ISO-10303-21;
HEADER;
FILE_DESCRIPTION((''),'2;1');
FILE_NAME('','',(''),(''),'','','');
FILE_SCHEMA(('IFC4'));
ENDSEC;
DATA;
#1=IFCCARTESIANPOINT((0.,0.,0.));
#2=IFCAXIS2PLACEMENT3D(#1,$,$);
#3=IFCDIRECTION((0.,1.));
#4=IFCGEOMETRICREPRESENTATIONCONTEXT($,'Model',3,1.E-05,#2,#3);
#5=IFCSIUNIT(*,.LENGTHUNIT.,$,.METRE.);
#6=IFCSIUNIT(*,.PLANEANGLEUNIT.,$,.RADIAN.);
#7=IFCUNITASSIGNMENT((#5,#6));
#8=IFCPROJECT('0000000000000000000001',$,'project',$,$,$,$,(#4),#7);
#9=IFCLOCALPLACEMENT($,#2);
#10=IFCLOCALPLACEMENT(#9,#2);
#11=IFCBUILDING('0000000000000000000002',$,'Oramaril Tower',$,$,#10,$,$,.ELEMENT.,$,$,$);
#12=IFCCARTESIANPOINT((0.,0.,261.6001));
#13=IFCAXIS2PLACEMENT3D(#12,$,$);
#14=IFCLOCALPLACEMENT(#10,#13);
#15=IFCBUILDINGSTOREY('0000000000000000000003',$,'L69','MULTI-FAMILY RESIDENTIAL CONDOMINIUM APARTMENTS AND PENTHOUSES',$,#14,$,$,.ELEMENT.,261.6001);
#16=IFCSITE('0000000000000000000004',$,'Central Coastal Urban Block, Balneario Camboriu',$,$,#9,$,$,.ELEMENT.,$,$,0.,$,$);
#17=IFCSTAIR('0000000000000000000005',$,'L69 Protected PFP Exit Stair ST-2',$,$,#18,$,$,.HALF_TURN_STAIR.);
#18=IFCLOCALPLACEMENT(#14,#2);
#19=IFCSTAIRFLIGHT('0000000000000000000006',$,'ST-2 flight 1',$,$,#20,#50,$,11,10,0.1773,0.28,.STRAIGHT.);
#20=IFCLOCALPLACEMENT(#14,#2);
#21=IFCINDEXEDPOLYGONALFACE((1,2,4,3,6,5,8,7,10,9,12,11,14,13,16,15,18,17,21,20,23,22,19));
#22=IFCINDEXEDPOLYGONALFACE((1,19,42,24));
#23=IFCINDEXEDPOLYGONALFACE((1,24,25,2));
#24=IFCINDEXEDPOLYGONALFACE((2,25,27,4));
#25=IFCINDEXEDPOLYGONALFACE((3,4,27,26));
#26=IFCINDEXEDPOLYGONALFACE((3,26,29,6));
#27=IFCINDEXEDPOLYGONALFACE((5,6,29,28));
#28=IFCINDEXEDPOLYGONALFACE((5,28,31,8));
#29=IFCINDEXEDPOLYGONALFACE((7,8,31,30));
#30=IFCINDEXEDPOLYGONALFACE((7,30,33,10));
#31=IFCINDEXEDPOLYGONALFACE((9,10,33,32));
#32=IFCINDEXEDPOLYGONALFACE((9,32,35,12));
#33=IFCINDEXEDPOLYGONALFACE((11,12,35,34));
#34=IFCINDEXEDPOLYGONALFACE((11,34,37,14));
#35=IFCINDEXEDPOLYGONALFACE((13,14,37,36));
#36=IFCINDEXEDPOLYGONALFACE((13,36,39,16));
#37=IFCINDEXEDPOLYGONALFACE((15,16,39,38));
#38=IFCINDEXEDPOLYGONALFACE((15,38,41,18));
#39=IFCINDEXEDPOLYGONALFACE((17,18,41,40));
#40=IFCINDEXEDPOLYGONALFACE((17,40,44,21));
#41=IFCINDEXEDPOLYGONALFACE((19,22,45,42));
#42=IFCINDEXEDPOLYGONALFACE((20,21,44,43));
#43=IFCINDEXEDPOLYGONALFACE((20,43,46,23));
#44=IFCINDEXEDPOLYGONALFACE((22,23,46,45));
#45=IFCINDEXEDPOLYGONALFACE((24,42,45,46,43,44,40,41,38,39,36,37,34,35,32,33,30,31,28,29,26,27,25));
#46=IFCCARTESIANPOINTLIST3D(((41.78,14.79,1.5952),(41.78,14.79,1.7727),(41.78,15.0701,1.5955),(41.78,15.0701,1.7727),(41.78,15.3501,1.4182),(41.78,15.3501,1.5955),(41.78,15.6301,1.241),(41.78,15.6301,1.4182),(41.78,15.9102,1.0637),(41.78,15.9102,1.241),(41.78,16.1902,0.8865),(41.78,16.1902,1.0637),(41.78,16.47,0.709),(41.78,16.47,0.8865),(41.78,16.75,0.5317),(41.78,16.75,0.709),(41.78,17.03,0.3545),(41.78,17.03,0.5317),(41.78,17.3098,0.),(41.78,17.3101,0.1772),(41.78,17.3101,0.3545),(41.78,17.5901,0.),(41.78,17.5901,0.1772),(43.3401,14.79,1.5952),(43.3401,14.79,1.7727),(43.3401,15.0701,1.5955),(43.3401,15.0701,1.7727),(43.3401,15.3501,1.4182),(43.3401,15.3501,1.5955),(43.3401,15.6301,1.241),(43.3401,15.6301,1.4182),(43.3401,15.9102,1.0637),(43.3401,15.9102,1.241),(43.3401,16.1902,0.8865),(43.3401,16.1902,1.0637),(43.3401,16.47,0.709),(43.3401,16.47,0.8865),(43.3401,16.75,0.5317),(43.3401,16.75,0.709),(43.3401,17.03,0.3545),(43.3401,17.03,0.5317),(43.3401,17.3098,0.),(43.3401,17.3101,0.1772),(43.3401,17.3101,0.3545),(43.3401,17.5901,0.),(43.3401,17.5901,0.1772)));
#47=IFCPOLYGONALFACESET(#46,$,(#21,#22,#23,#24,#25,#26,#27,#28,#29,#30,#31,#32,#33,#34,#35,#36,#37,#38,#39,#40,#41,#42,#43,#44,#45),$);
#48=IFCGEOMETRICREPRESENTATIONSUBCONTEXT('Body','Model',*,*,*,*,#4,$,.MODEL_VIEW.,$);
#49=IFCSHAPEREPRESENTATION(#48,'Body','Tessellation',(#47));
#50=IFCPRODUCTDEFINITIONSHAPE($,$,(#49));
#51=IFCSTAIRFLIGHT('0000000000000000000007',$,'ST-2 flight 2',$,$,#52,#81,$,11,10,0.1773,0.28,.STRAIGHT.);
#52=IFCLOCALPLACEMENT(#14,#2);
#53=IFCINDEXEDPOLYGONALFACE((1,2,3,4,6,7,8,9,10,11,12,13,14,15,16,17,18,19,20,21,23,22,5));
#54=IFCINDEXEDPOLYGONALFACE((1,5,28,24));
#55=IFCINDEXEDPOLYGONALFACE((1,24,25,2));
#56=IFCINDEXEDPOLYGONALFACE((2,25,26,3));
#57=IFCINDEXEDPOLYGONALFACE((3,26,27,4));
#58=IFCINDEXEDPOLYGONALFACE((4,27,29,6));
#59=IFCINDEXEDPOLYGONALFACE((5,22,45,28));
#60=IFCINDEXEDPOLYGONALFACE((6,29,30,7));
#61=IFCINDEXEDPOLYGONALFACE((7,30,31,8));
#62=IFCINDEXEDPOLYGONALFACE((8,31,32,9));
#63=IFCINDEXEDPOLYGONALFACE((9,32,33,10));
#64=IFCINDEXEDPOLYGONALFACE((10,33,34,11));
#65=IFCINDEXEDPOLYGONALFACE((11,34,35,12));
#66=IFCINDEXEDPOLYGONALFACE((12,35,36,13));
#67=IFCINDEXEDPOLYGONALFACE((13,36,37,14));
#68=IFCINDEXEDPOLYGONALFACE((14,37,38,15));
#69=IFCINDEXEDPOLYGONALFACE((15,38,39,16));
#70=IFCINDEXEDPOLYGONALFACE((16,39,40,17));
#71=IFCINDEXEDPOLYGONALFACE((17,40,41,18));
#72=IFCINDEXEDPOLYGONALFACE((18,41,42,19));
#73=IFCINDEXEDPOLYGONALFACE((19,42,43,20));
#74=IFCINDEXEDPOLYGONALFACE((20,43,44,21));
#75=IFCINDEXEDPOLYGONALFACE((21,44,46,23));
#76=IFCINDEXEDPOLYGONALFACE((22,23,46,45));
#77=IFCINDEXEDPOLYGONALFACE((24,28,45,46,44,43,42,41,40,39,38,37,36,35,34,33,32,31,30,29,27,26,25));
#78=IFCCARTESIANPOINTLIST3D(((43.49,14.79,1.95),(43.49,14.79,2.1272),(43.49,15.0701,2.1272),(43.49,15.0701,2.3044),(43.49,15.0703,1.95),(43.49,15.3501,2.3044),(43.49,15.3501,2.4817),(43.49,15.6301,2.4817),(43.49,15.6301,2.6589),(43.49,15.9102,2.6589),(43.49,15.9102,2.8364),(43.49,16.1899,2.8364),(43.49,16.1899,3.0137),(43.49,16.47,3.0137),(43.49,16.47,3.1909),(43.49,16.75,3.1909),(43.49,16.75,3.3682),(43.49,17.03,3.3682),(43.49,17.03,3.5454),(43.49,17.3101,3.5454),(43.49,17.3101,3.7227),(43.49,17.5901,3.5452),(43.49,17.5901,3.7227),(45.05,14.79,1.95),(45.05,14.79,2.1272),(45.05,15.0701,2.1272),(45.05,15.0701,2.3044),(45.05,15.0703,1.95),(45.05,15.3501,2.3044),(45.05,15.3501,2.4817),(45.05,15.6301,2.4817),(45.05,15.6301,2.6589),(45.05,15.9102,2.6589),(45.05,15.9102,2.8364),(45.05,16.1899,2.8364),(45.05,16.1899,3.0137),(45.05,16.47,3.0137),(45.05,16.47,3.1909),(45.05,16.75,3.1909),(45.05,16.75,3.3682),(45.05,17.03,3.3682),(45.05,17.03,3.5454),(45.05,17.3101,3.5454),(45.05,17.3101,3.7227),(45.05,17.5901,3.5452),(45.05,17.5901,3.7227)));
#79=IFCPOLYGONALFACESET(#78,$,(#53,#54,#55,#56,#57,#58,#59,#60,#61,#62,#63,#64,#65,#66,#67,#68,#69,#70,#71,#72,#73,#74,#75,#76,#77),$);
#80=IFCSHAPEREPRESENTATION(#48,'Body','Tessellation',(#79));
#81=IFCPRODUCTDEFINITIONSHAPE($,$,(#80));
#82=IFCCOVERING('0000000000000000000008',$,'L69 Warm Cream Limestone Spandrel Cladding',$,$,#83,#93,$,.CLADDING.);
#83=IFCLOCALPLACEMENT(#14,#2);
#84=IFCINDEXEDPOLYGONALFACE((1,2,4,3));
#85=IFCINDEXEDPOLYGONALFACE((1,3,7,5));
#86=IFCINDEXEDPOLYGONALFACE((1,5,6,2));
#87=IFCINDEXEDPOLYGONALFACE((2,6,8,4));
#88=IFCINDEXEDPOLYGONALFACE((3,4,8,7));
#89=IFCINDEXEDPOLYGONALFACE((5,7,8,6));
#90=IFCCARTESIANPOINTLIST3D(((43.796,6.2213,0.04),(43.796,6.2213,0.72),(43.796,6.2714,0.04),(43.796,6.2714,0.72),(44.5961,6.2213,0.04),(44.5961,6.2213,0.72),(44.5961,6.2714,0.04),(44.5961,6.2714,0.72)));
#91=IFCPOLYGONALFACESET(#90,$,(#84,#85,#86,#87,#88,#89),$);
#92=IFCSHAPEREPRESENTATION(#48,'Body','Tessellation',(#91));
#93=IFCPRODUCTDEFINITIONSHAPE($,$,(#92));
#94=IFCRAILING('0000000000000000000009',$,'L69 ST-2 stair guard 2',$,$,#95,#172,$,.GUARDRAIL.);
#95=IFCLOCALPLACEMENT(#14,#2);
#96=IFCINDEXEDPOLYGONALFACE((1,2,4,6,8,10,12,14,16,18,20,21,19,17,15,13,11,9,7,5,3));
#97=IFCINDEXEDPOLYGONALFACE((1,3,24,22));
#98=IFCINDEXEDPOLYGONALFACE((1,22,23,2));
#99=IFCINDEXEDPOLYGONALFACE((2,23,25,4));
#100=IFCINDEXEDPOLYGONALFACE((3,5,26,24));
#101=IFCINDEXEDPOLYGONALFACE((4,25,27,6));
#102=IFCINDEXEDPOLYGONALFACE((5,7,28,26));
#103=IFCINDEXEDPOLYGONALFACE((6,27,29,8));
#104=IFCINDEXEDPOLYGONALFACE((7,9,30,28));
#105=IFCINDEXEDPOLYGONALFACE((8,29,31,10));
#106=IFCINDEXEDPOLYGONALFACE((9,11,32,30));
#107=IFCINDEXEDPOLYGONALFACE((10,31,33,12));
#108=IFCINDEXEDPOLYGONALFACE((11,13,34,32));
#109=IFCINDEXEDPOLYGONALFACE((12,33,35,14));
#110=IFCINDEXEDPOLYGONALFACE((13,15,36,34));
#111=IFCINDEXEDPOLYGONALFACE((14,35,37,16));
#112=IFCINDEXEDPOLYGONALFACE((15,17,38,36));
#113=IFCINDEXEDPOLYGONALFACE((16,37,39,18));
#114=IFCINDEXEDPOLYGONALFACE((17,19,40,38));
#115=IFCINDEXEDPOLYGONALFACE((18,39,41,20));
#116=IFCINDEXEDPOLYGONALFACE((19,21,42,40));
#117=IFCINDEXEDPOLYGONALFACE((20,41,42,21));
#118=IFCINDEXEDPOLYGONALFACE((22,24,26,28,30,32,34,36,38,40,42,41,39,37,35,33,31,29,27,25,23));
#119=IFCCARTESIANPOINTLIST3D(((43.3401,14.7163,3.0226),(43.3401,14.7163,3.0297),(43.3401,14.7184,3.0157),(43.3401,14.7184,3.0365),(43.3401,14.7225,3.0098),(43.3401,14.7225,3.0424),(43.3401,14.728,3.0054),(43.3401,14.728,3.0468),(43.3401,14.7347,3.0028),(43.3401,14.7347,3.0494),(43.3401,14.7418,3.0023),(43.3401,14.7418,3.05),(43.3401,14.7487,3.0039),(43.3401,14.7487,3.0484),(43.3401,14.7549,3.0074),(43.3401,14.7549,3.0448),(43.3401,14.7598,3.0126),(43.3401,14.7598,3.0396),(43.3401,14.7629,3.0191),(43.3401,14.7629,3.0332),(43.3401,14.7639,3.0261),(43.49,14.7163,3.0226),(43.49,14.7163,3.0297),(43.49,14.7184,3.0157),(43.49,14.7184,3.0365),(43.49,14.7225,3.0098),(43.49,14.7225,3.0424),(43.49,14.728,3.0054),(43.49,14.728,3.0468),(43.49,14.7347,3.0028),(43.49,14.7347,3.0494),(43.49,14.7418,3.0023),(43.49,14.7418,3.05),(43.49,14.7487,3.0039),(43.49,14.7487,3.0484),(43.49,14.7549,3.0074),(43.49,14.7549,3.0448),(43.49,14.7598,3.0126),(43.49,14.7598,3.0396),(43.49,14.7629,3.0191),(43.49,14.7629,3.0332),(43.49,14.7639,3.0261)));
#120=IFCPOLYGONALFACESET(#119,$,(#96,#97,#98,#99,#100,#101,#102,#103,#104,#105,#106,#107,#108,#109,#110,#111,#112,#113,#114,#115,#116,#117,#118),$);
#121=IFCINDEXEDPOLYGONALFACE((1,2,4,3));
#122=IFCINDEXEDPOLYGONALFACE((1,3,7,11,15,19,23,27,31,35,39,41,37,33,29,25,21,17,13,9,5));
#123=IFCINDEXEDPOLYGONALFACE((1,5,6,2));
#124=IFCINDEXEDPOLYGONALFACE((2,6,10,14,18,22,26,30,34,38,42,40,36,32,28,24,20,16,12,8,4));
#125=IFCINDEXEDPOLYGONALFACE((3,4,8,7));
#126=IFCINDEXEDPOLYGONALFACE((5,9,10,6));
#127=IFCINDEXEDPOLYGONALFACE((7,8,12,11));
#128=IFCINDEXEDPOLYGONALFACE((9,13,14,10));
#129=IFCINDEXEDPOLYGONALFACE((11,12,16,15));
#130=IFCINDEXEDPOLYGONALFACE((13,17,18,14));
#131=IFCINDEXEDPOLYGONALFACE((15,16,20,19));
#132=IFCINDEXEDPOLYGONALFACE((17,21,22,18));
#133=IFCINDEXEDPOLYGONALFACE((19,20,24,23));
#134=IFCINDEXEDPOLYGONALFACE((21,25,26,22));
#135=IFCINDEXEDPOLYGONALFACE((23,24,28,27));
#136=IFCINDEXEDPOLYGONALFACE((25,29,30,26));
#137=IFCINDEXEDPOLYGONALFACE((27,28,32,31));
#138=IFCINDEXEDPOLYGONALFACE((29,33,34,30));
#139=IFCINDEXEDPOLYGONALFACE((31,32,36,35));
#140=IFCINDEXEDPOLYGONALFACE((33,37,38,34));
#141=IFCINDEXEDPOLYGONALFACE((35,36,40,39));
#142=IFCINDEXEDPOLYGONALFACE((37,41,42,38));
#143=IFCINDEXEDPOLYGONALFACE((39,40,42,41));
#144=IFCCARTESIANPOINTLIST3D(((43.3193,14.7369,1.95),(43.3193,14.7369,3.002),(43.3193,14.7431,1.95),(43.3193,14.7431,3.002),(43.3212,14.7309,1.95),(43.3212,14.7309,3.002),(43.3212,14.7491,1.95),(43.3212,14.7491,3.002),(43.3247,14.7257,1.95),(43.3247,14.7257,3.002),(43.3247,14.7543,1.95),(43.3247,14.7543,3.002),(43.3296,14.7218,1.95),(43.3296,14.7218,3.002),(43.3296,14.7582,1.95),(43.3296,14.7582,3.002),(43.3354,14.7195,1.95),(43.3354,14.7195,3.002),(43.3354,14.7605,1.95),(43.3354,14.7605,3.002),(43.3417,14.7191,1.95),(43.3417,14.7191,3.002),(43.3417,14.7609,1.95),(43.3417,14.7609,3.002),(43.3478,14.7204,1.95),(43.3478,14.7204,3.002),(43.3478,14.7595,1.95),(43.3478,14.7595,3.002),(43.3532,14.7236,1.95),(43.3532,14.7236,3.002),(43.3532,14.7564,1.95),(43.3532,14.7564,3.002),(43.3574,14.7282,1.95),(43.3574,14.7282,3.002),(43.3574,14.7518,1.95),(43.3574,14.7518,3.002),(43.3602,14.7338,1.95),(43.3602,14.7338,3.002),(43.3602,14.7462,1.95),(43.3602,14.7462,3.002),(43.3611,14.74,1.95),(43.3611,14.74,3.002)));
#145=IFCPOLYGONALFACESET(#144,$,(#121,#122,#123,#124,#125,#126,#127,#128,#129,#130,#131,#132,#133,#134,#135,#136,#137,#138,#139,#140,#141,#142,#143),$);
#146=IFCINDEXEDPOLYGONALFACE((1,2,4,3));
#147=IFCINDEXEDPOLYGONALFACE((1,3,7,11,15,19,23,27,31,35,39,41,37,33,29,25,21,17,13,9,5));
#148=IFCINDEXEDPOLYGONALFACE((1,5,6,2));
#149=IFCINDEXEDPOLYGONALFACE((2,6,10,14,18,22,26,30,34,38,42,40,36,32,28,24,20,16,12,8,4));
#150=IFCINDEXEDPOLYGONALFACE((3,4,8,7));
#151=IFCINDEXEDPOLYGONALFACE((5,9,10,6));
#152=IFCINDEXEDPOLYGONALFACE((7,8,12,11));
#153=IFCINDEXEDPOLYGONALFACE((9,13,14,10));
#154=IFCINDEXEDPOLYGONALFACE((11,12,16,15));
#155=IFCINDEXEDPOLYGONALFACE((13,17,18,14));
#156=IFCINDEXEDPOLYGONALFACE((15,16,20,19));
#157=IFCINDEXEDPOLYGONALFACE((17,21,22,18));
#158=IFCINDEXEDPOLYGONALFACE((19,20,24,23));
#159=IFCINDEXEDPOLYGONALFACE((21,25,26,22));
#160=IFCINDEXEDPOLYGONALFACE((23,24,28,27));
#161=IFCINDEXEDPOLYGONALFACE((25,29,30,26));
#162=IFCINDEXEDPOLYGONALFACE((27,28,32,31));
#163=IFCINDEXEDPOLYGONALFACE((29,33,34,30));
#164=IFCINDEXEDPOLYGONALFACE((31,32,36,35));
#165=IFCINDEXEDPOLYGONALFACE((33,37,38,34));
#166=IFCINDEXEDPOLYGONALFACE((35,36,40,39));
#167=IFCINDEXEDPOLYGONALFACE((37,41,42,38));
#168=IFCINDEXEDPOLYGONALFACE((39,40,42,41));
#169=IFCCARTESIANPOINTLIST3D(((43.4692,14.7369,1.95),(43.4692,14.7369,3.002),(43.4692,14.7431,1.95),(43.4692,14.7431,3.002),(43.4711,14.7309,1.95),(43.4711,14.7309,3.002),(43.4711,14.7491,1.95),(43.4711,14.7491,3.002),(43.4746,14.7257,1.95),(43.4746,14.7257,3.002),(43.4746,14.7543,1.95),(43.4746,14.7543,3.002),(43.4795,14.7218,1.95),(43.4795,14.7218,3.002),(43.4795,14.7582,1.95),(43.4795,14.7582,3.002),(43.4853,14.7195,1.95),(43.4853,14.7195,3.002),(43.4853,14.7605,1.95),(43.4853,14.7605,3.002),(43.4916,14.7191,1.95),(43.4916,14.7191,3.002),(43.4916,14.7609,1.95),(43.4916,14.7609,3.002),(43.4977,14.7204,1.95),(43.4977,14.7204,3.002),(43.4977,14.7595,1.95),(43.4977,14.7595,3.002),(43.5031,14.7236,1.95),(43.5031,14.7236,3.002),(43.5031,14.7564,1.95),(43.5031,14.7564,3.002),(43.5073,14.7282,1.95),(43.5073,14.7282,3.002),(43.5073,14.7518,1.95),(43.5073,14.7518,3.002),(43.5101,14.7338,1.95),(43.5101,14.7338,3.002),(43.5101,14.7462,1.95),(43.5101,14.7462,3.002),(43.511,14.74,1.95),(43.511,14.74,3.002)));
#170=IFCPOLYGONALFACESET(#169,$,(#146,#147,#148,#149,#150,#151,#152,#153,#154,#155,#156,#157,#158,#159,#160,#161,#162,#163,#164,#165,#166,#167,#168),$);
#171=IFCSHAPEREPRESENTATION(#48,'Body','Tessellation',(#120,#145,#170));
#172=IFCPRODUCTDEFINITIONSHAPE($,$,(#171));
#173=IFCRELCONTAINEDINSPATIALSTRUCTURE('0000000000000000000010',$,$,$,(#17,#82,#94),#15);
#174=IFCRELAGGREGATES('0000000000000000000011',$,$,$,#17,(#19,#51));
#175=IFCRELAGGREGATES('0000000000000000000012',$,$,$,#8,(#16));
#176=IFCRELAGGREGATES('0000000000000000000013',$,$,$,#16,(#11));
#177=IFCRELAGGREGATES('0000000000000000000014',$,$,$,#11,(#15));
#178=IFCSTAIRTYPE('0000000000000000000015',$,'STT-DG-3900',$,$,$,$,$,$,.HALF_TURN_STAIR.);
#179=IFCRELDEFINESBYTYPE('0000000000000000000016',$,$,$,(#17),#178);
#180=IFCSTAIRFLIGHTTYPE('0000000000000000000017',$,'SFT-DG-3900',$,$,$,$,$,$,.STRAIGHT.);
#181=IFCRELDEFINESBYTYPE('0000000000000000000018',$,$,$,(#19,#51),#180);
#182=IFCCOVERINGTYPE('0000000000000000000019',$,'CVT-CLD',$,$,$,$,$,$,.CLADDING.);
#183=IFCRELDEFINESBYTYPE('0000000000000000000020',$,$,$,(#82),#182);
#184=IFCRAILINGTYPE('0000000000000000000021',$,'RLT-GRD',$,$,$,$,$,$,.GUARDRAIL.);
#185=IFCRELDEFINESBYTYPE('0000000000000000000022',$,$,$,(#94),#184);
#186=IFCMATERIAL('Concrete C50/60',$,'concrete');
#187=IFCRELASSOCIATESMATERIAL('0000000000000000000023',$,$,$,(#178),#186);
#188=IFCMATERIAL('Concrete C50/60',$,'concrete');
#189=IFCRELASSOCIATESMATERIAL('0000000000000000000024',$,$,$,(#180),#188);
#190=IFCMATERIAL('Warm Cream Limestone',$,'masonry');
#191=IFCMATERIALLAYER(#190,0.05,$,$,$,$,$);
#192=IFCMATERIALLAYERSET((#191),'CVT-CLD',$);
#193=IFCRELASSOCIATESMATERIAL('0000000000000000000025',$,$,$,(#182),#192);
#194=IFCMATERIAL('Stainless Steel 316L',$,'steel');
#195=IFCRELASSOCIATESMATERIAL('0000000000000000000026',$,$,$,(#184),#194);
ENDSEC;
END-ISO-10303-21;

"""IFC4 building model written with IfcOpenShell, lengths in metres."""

from ifc_helpers import new_model, si_unit, direction, frame, origin, origin_2d, place, context, subcontext, project, spatial, polyline, rectangle, circle, outline, extrude, material, layer, layer_set, type_object, element, aggregate, save


model = new_model("IFC4")

# Units and contexts
model_context = context("Model", 3, precision=1e-05, world=origin(), true_north=direction((0.0, 1.0)))
body_context = subcontext(model_context, "Body", "Model", "MODEL_VIEW")
ifc_project = project(units=[si_unit("LENGTHUNIT", "METRE"), si_unit("PLANEANGLEUNIT", "RADIAN")], contexts=[model_context])

# Site, building, storey
site_placement = place(None, origin())
site = spatial("IfcSite", under=ifc_project, at=site_placement, Name="Central Coastal Urban Block, Balneario Camboriu", CompositionType="ELEMENT", RefElevation=0.0)
building_placement = place(site_placement, origin())
building = spatial("IfcBuilding", under=site, at=building_placement, Name="Oramaril Tower", CompositionType="ELEMENT")
storey_placement = place(building_placement, frame((0.0, 0.0, 261.6001)))
storey = spatial("IfcBuildingStorey", under=building, at=storey_placement, Name="L69", Description="MULTI-FAMILY RESIDENTIAL CONDOMINIUM APARTMENTS AND PENTHOUSES", CompositionType="ELEMENT", Elevation=261.6001)

# Stair, stair flights
ifc_material_1 = material(Name="Concrete C50/60", Category="concrete")
stair_type = type_object("IfcStairType", Name="STT-DG-3900", PredefinedType="HALF_TURN_STAIR", material=ifc_material_1)
stair_placement = place(storey_placement, origin())
stair = element("IfcStair", 1, at=stair_placement, inside=storey, type_object=stair_type, Name="L69 Protected PFP Exit Stair ST-2", PredefinedType="HALF_TURN_STAIR")
ifc_material_2 = material(Name="Concrete C50/60", Category="concrete")
stair_flight_type = type_object("IfcStairFlightType", Name="SFT-DG-3900", PredefinedType="STRAIGHT", material=ifc_material_2)
stair_flight_1_placement = place(storey_placement, frame((42.5601, 17.5901, 0.0), z_axis=(0.0, 0.0, 1.0), x_axis=(0.0, -1.0, 0.0)))
stair_flight_1 = element("IfcStairFlight", 2, at=stair_flight_1_placement, type_object=stair_flight_type, Name="ST-2 flight 1", NumberOfRisers=11, NumberOfTreads=10, PredefinedType="STRAIGHT", RiserHeight=0.1773, TreadLength=0.28, context=body_context, shape_type="SweptSolid", body=[
    extrude(outline(polyline([(0.0, 0.0), (0.0, 0.1772), (0.28, 0.1772), (0.28, 0.3545), (0.5601, 0.3545), (0.5601, 0.5317), (0.8401, 0.5317), (0.8401, 0.709), (1.1201, 0.709), (1.1201, 0.8865), (1.3999, 0.8865), (1.3999, 1.0637), (1.6799, 1.0637), (1.6799, 1.241), (1.96, 1.241), (1.96, 1.4182), (2.24, 1.4182), (2.24, 1.5955), (2.52, 1.5955), (2.52, 1.7727), (2.8, 1.7727), (2.8, 1.95), (2.8, 1.5952), (0.2803, 0.0), (0.0, 0.0)])), frame((0.0, 0.78, 0.0), z_axis=(0.0, -1.0, 0.0), x_axis=(1.0, 0.0, 0.0)), (0.0, 0.0, 1.0), 1.5601),
])
stair_flight_2_placement = place(storey_placement, frame((44.27, 14.79, 1.95), z_axis=(0.0, 0.0, 1.0), x_axis=(0.0, 1.0, 0.0)))
stair_flight_2 = element("IfcStairFlight", 3, at=stair_flight_2_placement, type_object=stair_flight_type, Name="ST-2 flight 2", NumberOfRisers=11, NumberOfTreads=10, PredefinedType="STRAIGHT", RiserHeight=0.1773, TreadLength=0.28, context=body_context, shape_type="SweptSolid", body=[
    extrude(outline(polyline([(0.0, 0.0), (0.0, 0.1772), (0.28, 0.1772), (0.28, 0.3545), (0.5601, 0.3545), (0.5601, 0.5317), (0.8401, 0.5317), (0.8401, 0.709), (1.1201, 0.709), (1.1201, 0.8865), (1.3999, 0.8865), (1.3999, 1.0637), (1.6799, 1.0637), (1.6799, 1.241), (1.96, 1.241), (1.96, 1.4182), (2.24, 1.4182), (2.24, 1.5955), (2.52, 1.5955), (2.52, 1.7727), (2.8, 1.7727), (2.8, 1.95), (2.8, 1.5952), (0.2803, 0.0), (0.0, 0.0)])), frame((0.0, 0.78, 0.0), z_axis=(0.0, -1.0, 0.0), x_axis=(1.0, 0.0, 0.0)), (0.0, 0.0, 1.0), 1.5601),
])
aggregate(stair, [stair_flight_1, stair_flight_2])

# Covering
ifc_material_3 = material(Name="Warm Cream Limestone", Category="masonry")
ifc_layer_1 = layer(ifc_material_3, 0.05)
ifc_layer_set_1 = layer_set([ifc_layer_1], Name="CVT-CLD")
covering_type = type_object("IfcCoveringType", Name="CVT-CLD", PredefinedType="CLADDING", material=ifc_layer_set_1)
covering_placement = place(storey_placement, frame((44.196, 6.2463, 0.04), z_axis=(0.0, 0.0, 1.0), x_axis=(1.0, 0.0, 0.0)))
element("IfcCovering", 4, at=covering_placement, inside=storey, type_object=covering_type, Name="L69 Warm Cream Limestone Spandrel Cladding", PredefinedType="CLADDING", context=body_context, shape_type="SweptSolid", body=[
    extrude(rectangle(XDim=0.8, YDim=0.05, at=origin_2d()), origin(), (0.0, 0.0, 1.0), 0.6799),
])

# Railing
ifc_material_4 = material(Name="Stainless Steel 316L", Category="steel")
railing_type_1 = type_object("IfcRailingType", Name="RLT-GRD", PredefinedType="GUARDRAIL", material=ifc_material_4)
railing_1_placement = place(storey_placement, frame((43.3401, 14.74, 1.95)))
element("IfcRailing", 5, at=railing_1_placement, inside=storey, type_object=railing_type_1, Name="L69 ST-2 stair guard 2", PredefinedType="GUARDRAIL", context=body_context, shape_type="SweptSolid", body=[
    extrude(circle(Radius=0.0239, at=origin_2d()), frame((0.0, 0.0, 1.0762), z_axis=(1.0, 0.0, 0.0), x_axis=(0.0, 1.0, 0.0)), (0.0, 0.0, 1.0), 0.1499),
    extrude(circle(Radius=0.021, at=origin_2d()), origin(), (0.0, 0.0, 1.0), 1.052),
    extrude(circle(Radius=0.021, at=origin_2d()), frame((0.1499, 0.0, 0.0)), (0.0, 0.0, 1.0), 1.052),
])

save(model, "model.ifc")
